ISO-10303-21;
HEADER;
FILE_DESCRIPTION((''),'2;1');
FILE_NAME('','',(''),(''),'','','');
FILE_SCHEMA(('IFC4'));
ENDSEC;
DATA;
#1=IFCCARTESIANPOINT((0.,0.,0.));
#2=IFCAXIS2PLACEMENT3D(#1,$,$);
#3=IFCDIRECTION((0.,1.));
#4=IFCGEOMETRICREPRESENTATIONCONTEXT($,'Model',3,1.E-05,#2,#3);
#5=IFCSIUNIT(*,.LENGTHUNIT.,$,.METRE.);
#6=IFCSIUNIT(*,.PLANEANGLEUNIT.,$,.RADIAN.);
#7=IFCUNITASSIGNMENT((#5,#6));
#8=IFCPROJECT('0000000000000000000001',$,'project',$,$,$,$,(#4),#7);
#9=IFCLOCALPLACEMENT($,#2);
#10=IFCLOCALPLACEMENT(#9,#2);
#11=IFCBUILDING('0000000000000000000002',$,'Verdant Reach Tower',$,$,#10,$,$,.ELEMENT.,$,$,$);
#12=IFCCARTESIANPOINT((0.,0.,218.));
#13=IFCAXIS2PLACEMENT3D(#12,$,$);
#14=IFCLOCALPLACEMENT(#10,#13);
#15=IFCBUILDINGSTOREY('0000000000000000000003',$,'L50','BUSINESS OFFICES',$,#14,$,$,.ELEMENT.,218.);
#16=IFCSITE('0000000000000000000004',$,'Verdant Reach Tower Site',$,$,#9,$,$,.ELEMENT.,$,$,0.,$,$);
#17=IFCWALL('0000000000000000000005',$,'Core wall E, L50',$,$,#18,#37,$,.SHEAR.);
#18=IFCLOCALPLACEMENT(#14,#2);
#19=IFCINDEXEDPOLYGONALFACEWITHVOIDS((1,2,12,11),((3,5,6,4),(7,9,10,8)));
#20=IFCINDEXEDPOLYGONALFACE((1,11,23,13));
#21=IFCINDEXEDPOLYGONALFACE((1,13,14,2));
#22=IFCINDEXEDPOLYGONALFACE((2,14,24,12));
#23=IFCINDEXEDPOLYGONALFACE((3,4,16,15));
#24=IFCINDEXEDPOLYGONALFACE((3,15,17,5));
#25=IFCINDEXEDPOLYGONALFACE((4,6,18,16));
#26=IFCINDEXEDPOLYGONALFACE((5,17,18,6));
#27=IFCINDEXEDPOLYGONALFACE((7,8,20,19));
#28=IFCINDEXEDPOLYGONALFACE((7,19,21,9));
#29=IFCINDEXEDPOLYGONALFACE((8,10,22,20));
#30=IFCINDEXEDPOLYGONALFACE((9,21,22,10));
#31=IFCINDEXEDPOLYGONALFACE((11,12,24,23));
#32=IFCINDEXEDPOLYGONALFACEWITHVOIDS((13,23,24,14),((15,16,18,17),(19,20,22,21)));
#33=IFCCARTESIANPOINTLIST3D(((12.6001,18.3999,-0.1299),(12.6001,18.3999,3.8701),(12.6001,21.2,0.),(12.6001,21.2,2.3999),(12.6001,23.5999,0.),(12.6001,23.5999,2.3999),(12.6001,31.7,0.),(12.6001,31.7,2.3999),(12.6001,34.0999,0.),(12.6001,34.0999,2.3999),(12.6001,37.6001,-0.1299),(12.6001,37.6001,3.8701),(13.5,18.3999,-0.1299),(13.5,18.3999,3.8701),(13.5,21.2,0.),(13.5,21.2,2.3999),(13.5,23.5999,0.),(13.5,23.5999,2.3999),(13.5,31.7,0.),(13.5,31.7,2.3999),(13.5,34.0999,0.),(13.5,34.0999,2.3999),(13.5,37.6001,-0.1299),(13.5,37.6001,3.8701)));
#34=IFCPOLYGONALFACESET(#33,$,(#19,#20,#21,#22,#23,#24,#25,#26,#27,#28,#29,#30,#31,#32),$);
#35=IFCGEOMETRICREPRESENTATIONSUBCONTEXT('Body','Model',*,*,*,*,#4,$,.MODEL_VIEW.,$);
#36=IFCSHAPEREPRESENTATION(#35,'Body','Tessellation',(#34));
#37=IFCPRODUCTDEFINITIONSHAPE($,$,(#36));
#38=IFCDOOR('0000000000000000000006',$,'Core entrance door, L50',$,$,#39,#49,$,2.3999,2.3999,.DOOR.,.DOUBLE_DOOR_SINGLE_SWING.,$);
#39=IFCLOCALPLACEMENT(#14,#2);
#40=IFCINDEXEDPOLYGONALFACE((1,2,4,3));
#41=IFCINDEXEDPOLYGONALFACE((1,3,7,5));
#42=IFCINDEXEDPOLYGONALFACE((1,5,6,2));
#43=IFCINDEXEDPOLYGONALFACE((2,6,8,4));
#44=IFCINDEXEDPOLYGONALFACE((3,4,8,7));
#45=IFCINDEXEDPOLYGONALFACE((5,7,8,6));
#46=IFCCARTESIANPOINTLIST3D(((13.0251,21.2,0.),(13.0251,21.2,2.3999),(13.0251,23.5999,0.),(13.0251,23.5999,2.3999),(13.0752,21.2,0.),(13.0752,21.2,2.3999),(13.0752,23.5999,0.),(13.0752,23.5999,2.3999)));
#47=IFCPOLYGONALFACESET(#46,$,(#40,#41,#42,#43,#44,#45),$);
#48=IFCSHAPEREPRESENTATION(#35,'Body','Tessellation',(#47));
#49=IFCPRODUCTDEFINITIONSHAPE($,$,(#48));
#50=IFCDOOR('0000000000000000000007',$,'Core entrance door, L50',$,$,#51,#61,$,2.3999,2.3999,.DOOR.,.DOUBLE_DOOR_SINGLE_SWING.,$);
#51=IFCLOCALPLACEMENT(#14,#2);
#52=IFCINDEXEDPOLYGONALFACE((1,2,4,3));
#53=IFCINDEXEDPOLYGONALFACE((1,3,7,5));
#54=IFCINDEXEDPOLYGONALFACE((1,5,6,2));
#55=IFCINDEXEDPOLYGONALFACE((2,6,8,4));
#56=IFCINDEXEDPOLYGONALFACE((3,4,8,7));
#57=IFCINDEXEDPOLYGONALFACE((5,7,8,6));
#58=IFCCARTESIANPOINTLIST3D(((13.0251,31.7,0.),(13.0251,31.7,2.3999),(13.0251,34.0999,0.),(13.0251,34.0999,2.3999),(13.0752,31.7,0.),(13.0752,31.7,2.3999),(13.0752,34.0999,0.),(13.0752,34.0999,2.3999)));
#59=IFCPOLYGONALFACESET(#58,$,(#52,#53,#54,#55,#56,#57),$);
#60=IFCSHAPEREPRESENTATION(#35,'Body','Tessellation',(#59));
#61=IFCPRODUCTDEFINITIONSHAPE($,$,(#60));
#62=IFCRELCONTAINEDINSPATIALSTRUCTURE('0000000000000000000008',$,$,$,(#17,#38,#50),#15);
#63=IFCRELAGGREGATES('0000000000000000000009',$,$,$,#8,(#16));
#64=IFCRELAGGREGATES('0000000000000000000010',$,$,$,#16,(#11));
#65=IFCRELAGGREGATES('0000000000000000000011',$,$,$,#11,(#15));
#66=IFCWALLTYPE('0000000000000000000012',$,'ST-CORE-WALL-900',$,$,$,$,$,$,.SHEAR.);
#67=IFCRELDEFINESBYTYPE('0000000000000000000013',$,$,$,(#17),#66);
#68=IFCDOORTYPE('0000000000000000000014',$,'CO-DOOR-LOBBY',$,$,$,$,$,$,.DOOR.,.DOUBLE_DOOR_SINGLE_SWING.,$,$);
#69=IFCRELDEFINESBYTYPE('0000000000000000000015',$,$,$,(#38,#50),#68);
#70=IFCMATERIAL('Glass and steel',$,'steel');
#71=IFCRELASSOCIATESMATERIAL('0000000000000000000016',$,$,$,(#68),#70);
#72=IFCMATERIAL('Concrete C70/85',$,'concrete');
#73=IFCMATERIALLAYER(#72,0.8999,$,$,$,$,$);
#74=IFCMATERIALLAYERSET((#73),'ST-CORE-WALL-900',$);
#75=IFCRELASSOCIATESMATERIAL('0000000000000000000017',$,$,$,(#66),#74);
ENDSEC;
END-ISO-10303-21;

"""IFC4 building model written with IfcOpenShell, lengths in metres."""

from ifc_helpers import new_model, si_unit, direction, frame, frame_2d, origin, place, context, subcontext, project, spatial, rectangle, extrude, material, layer, layer_set, type_object, element, fill, save


model = new_model("IFC4")

# Units and contexts
model_context = context("Model", 3, precision=1e-05, world=origin(), true_north=direction((0.0, 1.0)))
body_context = subcontext(model_context, "Body", "Model", "MODEL_VIEW")
ifc_project = project(units=[si_unit("LENGTHUNIT", "METRE"), si_unit("PLANEANGLEUNIT", "RADIAN")], contexts=[model_context])

# Site, building, storey
site_placement = place(None, origin())
site = spatial("IfcSite", under=ifc_project, at=site_placement, Name="Verdant Reach Tower Site", CompositionType="ELEMENT", RefElevation=0.0)
building_placement = place(site_placement, origin())
building = spatial("IfcBuilding", under=site, at=building_placement, Name="Verdant Reach Tower", CompositionType="ELEMENT")
storey_placement = place(building_placement, frame((0.0, 0.0, 218.0)))
storey = spatial("IfcBuildingStorey", under=building, at=storey_placement, Name="L50", Description="BUSINESS OFFICES", CompositionType="ELEMENT", Elevation=218.0)

# Wall, openings, doors
ifc_material_1 = material(Name="Concrete C70/85", Category="concrete")
ifc_material_2 = material(Name="Glass and steel", Category="steel")
door_type_1 = type_object("IfcDoorType", Name="CO-DOOR-LOBBY", OperationType="DOUBLE_DOOR_SINGLE_SWING", PredefinedType="DOOR", material=ifc_material_2)
ifc_layer_1 = layer(ifc_material_1, 0.8999)
ifc_layer_set_1 = layer_set([ifc_layer_1], Name="ST-CORE-WALL-900")
wall_type_1 = type_object("IfcWallType", Name="ST-CORE-WALL-900", PredefinedType="SHEAR", material=ifc_layer_set_1)
wall_1_placement = place(storey_placement, frame((13.05, 18.3999, -0.1299), z_axis=(0.0, 0.0, 1.0), x_axis=(0.0, 1.0, 0.0)))
wall_1 = element("IfcWall", 1, at=wall_1_placement, inside=storey, type_object=wall_type_1, Name="Core wall E, L50", PredefinedType="SHEAR", context=body_context, shape_type="SweptSolid", body=[
    extrude(rectangle(XDim=19.2002, YDim=0.8999, at=frame_2d((9.6001, 0.0))), origin(), (0.0, 0.0, 1.0), 4.0),
])
opening_1_placement = place(wall_1_placement, frame((2.8, 0.0, 0.1299)))
opening_1 = element("IfcOpeningElement", 2, at=opening_1_placement, cuts=wall_1, PredefinedType="OPENING", context=body_context, shape_type="SweptSolid", body=[
    extrude(rectangle(XDim=2.3999, YDim=2.3999, at=frame_2d((1.2, 1.2))), frame((0.0, 0.46, 0.0), z_axis=(0.0, -1.0, 0.0), x_axis=(1.0, 0.0, 0.0)), (0.0, 0.0, 1.0), 0.9199),
])
opening_2_placement = place(wall_1_placement, frame((13.3, 0.0, 0.1299)))
opening_2 = element("IfcOpeningElement", 3, at=opening_2_placement, cuts=wall_1, PredefinedType="OPENING", context=body_context, shape_type="SweptSolid", body=[
    extrude(rectangle(XDim=2.3999, YDim=2.3999, at=frame_2d((1.2, 1.2))), frame((0.0, 0.46, 0.0), z_axis=(0.0, -1.0, 0.0), x_axis=(1.0, 0.0, 0.0)), (0.0, 0.0, 1.0), 0.9199),
])
door_1_placement = place(opening_1_placement, origin())
door_1 = element("IfcDoor", 4, at=door_1_placement, inside=storey, type_object=door_type_1, Name="Core entrance door, L50", OperationType="DOUBLE_DOOR_SINGLE_SWING", OverallHeight=2.3999, OverallWidth=2.3999, PredefinedType="DOOR", context=body_context, shape_type="SweptSolid", body=[
    extrude(rectangle(XDim=2.3999, YDim=2.3999, at=frame_2d((1.2, 1.2))), frame((0.0, 0.0249, 0.0), z_axis=(0.0, -1.0, 0.0), x_axis=(1.0, 0.0, 0.0)), (0.0, 0.0, 1.0), 0.05),
])
fill(opening_1, door_1)
door_2_placement = place(opening_2_placement, origin())
door_2 = element("IfcDoor", 5, at=door_2_placement, inside=storey, type_object=door_type_1, Name="Core entrance door, L50", OperationType="DOUBLE_DOOR_SINGLE_SWING", OverallHeight=2.3999, OverallWidth=2.3999, PredefinedType="DOOR", context=body_context, shape_type="SweptSolid", body=[
    extrude(rectangle(XDim=2.3999, YDim=2.3999, at=frame_2d((1.2, 1.2))), frame((0.0, 0.0249, 0.0), z_axis=(0.0, -1.0, 0.0), x_axis=(1.0, 0.0, 0.0)), (0.0, 0.0, 1.0), 0.05),
])
fill(opening_2, door_2)

save(model, "model.ifc")
